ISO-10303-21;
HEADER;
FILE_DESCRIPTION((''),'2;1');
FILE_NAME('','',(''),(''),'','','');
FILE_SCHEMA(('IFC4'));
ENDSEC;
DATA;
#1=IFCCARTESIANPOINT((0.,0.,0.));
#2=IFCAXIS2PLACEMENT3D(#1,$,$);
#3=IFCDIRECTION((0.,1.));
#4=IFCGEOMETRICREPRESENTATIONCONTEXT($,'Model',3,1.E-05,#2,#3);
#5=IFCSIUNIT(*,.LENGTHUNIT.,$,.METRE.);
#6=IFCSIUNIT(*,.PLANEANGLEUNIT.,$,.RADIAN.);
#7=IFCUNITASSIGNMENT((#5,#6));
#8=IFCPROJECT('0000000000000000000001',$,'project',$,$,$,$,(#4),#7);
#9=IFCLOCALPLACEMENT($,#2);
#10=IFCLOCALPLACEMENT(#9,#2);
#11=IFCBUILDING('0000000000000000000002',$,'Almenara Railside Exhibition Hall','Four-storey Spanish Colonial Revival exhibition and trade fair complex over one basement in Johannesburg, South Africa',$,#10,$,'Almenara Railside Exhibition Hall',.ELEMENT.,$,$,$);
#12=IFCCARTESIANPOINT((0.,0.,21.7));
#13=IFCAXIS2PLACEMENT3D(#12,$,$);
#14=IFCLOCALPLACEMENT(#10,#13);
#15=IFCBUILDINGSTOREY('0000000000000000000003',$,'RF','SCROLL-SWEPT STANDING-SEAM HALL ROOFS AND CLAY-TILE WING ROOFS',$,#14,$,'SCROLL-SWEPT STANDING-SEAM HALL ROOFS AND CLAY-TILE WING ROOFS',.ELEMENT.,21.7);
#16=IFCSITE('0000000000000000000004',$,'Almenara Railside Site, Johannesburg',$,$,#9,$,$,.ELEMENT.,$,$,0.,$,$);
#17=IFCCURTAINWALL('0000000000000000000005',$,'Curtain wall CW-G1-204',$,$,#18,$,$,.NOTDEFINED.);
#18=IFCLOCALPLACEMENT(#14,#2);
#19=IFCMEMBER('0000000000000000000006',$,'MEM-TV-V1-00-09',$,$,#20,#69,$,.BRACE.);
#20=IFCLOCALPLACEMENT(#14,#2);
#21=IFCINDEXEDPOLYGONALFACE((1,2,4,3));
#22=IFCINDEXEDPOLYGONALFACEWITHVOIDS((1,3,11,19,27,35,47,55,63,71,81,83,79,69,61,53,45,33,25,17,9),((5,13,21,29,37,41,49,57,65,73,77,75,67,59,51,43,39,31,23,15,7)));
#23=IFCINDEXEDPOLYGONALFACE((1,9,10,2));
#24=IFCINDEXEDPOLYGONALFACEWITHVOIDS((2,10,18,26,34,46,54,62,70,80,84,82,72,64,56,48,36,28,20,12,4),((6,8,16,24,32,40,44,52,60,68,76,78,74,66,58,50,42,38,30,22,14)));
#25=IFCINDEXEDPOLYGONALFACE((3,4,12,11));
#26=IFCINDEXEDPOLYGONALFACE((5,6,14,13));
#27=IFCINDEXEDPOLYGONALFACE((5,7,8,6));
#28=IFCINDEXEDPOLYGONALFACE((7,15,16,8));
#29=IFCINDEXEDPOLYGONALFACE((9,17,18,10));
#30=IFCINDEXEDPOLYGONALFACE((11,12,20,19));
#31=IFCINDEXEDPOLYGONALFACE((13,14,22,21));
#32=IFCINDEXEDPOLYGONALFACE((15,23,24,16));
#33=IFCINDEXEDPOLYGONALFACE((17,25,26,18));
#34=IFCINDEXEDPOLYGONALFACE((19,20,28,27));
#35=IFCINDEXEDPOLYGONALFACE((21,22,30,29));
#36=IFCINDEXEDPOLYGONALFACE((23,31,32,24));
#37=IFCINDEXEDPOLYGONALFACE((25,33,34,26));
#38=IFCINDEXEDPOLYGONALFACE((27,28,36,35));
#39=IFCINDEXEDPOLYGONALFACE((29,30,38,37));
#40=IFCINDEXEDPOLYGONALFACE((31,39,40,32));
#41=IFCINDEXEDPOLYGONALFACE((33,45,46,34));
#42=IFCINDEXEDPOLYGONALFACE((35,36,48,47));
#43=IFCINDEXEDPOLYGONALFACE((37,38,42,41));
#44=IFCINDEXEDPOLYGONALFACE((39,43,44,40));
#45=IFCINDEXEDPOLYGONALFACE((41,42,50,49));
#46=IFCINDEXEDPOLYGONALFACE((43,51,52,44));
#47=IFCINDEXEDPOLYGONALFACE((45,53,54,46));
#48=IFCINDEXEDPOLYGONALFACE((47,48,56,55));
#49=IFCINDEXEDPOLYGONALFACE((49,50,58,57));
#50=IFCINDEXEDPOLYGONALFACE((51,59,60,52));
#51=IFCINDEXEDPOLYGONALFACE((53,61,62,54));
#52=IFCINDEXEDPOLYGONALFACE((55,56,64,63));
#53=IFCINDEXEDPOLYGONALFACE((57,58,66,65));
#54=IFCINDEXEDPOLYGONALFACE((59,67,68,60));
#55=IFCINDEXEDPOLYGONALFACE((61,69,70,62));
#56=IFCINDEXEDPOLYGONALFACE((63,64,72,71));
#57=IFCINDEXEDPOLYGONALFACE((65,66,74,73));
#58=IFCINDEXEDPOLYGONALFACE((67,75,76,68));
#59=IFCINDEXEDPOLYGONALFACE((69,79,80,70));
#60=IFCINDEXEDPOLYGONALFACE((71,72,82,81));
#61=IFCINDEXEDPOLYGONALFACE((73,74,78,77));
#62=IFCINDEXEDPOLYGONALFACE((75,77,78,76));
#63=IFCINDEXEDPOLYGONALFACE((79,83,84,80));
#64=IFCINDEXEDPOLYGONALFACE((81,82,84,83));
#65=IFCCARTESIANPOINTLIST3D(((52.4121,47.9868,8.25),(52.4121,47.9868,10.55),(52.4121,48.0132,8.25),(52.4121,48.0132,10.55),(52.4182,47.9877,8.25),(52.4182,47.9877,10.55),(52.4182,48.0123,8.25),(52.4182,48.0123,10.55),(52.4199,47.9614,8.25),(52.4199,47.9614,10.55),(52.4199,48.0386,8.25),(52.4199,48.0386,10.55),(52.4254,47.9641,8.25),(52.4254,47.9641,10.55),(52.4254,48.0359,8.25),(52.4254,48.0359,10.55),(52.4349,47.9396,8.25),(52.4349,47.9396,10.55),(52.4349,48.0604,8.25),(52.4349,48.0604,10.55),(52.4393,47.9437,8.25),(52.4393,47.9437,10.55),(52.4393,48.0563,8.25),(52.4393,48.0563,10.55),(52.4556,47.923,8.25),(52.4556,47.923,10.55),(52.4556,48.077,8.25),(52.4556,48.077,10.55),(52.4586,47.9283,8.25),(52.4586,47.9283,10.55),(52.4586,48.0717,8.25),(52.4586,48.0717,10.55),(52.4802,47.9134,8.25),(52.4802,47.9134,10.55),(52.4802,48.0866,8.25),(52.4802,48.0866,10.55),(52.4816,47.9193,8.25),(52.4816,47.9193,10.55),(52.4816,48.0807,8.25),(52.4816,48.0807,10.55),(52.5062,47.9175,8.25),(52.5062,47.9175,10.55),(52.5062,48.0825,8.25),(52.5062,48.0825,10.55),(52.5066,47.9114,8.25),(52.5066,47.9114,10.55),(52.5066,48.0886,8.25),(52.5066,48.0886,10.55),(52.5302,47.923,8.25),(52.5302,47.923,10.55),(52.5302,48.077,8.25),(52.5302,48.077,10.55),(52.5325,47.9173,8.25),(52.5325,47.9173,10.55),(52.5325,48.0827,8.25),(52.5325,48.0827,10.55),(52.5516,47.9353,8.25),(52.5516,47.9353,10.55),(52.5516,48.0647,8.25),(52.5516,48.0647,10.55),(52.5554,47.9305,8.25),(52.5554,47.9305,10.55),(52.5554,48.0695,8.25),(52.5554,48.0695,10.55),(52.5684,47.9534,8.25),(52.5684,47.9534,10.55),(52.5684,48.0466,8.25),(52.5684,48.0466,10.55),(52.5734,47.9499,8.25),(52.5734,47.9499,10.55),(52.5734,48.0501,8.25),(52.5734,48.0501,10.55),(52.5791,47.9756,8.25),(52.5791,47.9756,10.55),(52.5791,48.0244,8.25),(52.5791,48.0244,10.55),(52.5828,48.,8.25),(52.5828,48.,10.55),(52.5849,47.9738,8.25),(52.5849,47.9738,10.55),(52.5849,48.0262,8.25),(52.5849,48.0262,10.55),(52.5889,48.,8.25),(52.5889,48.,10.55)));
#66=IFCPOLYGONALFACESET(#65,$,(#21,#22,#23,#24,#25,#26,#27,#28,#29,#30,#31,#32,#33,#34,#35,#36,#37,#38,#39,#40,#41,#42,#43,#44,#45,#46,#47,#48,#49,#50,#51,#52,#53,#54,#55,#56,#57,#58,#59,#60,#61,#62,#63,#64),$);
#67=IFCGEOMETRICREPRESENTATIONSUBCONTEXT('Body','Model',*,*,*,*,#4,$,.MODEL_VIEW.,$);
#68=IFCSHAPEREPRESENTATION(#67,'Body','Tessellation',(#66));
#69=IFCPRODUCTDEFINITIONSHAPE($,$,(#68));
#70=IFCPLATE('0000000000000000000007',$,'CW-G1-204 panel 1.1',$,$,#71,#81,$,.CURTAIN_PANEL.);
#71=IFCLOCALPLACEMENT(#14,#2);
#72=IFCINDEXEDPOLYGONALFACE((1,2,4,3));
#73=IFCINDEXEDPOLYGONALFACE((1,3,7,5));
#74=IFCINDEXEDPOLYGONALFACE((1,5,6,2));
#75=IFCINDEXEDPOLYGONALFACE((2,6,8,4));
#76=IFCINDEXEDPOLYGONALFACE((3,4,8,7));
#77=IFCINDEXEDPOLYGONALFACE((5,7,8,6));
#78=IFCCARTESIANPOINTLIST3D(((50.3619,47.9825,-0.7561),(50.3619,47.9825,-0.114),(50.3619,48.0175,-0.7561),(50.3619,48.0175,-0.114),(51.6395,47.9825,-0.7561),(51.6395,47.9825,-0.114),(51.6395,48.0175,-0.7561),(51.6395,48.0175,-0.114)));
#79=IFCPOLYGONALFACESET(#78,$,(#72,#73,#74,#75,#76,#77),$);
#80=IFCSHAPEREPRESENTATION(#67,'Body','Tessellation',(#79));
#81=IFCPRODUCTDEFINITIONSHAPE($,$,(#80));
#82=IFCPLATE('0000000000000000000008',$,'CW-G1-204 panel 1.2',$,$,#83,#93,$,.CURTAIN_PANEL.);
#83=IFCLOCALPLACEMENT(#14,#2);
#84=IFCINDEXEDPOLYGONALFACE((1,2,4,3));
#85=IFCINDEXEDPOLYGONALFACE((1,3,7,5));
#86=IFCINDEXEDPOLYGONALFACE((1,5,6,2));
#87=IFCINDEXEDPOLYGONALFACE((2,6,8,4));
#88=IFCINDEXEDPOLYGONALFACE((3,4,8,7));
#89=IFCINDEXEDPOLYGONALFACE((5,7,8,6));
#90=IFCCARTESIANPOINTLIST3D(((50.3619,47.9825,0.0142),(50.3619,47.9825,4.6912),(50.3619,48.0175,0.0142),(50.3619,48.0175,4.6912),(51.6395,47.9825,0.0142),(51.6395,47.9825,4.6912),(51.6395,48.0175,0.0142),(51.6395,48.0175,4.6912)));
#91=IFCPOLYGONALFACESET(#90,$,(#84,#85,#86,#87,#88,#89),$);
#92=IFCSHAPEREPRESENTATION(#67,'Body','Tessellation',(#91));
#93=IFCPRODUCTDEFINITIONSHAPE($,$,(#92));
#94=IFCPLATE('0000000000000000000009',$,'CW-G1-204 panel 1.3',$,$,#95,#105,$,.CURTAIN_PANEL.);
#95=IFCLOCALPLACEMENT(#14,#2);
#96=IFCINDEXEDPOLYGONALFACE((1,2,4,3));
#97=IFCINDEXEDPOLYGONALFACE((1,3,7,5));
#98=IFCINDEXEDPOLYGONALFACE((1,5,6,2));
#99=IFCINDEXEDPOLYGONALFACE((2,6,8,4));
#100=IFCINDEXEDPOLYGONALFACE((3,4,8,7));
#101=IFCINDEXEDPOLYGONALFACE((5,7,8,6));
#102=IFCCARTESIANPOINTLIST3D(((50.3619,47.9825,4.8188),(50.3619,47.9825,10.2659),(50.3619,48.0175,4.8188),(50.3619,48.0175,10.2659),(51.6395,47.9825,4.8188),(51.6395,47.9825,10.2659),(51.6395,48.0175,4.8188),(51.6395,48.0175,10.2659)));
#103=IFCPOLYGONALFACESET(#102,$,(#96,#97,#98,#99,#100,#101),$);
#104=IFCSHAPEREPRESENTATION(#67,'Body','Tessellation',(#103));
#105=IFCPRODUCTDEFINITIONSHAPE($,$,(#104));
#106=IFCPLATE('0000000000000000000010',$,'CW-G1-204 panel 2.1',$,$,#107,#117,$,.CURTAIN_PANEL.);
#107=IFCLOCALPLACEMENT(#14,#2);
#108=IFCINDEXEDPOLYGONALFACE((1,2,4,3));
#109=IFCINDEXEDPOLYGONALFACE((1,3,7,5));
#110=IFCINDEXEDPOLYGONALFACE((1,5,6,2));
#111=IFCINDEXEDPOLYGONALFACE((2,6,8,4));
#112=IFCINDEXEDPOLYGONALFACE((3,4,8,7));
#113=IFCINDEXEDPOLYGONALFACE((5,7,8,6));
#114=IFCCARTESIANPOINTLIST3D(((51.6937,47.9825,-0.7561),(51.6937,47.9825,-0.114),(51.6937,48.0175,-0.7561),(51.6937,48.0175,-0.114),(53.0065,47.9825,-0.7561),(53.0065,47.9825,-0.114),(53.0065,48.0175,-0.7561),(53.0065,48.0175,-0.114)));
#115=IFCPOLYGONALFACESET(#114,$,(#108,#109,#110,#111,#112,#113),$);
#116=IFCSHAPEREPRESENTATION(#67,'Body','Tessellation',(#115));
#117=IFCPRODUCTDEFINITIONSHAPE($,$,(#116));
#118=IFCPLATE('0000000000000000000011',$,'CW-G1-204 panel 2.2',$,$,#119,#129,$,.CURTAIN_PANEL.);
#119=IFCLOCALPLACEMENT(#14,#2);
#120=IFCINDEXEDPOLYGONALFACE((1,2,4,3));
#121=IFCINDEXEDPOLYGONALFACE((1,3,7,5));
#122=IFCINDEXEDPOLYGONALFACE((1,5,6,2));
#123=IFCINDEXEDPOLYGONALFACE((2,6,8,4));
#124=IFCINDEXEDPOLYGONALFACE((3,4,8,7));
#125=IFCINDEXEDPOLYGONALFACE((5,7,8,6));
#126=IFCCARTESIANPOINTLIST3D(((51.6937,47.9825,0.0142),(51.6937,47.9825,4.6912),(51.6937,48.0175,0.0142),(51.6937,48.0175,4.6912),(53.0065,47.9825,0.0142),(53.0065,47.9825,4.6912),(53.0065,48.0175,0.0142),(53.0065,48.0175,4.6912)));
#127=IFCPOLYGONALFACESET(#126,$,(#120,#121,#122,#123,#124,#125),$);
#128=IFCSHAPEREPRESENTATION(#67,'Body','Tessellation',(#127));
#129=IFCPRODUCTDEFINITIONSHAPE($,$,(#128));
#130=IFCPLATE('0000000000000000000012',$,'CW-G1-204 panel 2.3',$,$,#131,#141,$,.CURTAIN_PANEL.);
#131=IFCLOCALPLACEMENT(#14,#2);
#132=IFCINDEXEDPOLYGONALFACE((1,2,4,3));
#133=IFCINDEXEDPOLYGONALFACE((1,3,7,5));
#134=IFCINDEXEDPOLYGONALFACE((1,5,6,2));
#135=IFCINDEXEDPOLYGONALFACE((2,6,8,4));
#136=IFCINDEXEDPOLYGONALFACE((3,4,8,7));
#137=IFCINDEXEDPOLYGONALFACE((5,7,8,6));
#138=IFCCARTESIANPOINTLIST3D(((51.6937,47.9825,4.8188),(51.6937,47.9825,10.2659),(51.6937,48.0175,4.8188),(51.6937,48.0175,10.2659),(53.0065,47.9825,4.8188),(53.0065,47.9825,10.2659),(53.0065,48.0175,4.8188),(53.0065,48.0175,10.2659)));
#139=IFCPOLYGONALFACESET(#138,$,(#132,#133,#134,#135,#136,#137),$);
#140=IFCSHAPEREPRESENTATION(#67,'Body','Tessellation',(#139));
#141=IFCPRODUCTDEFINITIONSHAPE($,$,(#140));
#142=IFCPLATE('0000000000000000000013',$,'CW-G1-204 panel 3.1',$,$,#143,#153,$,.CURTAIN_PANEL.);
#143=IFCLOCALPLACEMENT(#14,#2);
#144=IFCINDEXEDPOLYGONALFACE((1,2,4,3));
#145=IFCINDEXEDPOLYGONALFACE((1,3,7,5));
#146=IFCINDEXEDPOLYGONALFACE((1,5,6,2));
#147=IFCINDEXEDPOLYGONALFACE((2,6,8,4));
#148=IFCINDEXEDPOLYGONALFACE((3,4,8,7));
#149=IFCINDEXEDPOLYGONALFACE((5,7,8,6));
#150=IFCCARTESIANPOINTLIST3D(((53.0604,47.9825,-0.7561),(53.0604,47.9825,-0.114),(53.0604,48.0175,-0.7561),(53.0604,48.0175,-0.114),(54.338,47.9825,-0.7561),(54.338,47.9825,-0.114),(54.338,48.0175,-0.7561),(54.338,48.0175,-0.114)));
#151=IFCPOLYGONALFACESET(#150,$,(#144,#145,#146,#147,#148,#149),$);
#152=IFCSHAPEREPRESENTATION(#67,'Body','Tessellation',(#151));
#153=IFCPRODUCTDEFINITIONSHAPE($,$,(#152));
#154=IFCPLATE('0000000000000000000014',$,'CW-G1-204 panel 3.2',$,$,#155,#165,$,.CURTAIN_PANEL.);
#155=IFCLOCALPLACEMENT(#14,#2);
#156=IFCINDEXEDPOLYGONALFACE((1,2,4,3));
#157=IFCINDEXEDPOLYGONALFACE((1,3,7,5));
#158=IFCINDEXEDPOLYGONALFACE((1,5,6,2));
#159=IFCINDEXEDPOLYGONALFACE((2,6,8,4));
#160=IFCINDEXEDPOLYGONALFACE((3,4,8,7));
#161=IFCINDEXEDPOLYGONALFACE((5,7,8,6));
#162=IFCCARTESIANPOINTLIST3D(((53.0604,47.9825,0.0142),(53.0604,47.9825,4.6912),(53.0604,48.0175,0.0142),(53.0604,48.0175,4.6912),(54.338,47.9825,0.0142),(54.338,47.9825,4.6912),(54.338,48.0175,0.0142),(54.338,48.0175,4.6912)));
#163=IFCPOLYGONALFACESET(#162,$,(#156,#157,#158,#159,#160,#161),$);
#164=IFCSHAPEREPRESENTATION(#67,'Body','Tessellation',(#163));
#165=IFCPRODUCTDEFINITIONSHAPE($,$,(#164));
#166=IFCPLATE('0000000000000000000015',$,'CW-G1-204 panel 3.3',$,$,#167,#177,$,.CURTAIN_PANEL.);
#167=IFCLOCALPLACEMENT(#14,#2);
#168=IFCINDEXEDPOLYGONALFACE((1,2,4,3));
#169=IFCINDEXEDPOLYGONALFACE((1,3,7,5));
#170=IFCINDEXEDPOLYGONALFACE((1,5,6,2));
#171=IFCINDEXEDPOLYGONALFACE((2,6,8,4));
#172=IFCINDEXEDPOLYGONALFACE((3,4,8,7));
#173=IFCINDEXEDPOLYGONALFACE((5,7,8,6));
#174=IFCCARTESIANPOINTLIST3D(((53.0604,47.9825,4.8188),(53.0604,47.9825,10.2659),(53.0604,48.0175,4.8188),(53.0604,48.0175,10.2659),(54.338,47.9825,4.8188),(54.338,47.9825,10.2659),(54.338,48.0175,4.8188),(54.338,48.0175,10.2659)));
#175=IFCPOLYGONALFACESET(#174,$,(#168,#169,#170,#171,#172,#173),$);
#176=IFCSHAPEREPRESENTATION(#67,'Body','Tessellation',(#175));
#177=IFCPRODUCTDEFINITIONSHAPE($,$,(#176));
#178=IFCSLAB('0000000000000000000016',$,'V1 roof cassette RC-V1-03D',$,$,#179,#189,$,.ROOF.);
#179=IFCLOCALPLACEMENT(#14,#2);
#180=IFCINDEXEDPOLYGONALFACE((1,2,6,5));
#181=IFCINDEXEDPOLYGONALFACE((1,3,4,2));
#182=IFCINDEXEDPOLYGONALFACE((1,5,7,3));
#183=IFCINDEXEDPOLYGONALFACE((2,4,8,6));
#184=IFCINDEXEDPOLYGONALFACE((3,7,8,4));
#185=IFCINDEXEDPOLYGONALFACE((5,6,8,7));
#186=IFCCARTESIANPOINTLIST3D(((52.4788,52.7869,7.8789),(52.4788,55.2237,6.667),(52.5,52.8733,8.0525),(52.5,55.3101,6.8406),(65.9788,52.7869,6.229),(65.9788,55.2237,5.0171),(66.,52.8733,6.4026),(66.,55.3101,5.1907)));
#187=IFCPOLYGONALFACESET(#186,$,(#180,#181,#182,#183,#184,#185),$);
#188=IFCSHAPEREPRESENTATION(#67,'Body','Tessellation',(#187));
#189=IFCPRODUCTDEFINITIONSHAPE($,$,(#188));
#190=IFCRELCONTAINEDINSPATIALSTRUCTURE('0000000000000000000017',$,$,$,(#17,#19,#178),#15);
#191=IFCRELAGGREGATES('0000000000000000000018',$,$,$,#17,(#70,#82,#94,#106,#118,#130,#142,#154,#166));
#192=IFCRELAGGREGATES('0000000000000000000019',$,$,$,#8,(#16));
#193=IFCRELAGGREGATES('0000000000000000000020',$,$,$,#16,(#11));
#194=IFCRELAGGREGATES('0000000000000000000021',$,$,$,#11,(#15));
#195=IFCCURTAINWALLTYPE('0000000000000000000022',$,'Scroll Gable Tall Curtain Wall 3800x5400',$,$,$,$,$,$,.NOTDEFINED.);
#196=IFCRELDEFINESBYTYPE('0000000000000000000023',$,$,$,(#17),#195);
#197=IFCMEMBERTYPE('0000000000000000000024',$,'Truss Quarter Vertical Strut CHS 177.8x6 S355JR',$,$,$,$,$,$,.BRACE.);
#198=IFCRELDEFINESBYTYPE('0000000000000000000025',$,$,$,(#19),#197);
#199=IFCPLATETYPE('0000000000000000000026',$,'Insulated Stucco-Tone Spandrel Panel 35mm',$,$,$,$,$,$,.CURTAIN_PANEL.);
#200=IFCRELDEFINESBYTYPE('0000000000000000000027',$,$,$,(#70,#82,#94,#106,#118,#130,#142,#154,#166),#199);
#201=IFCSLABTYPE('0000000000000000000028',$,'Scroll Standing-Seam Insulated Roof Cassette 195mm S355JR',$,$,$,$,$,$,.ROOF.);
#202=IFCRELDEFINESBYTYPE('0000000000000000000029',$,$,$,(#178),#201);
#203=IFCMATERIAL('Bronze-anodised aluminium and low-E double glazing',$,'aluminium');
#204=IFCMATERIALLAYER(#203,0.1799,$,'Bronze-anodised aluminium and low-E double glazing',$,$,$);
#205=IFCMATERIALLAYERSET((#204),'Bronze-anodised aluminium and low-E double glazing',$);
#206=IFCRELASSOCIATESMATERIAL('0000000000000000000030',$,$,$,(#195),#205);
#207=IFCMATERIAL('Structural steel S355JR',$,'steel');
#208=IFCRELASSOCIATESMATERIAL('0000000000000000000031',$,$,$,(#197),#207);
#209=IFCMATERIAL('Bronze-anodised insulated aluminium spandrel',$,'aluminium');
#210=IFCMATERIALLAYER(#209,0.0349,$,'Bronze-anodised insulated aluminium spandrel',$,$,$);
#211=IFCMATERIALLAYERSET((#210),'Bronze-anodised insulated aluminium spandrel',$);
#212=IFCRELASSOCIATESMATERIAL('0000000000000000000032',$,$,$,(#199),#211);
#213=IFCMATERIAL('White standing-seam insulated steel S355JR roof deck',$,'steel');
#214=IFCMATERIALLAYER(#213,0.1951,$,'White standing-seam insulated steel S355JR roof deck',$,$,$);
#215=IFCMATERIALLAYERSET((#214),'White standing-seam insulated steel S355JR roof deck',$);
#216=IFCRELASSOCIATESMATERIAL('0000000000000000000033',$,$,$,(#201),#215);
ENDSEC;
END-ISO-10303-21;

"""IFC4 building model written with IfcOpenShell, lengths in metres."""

from ifc_helpers import new_model, si_unit, direction, frame, origin, origin_2d, place, context, subcontext, project, spatial, polyline, rectangle, hollow_circle, outline, extrude, material, layer, layer_set, material_profile, profile_set, type_object, element, aggregate, save


model = new_model("IFC4")

# Units and contexts
model_context = context("Model", 3, precision=1e-05, world=origin(), true_north=direction((0.0, 1.0)))
body_context = subcontext(model_context, "Body", "Model", "MODEL_VIEW")
ifc_project = project(units=[si_unit("LENGTHUNIT", "METRE"), si_unit("PLANEANGLEUNIT", "RADIAN")], contexts=[model_context])

# Site, building, storey
site_placement = place(None, origin())
site = spatial("IfcSite", under=ifc_project, at=site_placement, Name="Almenara Railside Site, Johannesburg", CompositionType="ELEMENT", RefElevation=0.0)
building_placement = place(site_placement, origin())
building = spatial("IfcBuilding", under=site, at=building_placement, Name="Almenara Railside Exhibition Hall", Description="Four-storey Spanish Colonial Revival exhibition and trade fair complex over one basement in Johannesburg, South Africa", LongName="Almenara Railside Exhibition Hall", CompositionType="ELEMENT")
storey_placement = place(building_placement, frame((0.0, 0.0, 21.7)))
storey = spatial("IfcBuildingStorey", under=building, at=storey_placement, Name="RF", Description="SCROLL-SWEPT STANDING-SEAM HALL ROOFS AND CLAY-TILE WING ROOFS", LongName="SCROLL-SWEPT STANDING-SEAM HALL ROOFS AND CLAY-TILE WING ROOFS", CompositionType="ELEMENT", Elevation=21.7)

# Shared definitions
ifc_material_1 = material(Name="Structural steel S355JR", Category="steel")

# Shared definitions
ifc_material_2 = material(Name="Bronze-anodised aluminium and low-E double glazing", Category="aluminium")
ifc_layer_1 = layer(ifc_material_2, 0.1799, Name="Bronze-anodised aluminium and low-E double glazing")
ifc_layer_set_1 = layer_set([ifc_layer_1], Name="Bronze-anodised aluminium and low-E double glazing")
curtain_wall_type = type_object("IfcCurtainWallType", Name="Scroll Gable Tall Curtain Wall 3800x5400", PredefinedType="NOTDEFINED", material=ifc_layer_set_1)

# Curtain wall
curtain_wall_1_placement = place(storey_placement, origin())
curtain_wall_1 = element("IfcCurtainWall", 1, at=curtain_wall_1_placement, inside=storey, type_object=curtain_wall_type, Name="Curtain wall CW-G1-204", PredefinedType="NOTDEFINED")

# Member
ifc_material_profile_1 = material_profile(ifc_material_1, hollow_circle(Radius=0.0889, WallThickness=0.0061, at=origin_2d()), Name="CHS 177.8x6")
ifc_profile_set_1 = profile_set([ifc_material_profile_1], Name="Structural steel S355JR")
member_type_1 = type_object("IfcMemberType", Name="Truss Quarter Vertical Strut CHS 177.8x6 S355JR", PredefinedType="BRACE", material=ifc_profile_set_1)
member_1_placement = place(storey_placement, frame((52.5, 48.0, 8.25), z_axis=(0.0, 0.0, 1.0), x_axis=(1.0, 0.0, 0.0)))
element("IfcMember", 2, at=member_1_placement, inside=storey, type_object=member_type_1, Name="MEM-TV-V1-00-09", PredefinedType="BRACE", context=body_context, shape_type="SweptSolid", body=[
    extrude(hollow_circle(Radius=0.0889, WallThickness=0.0061, at=origin_2d()), origin(), (0.0, 0.0, 1.0), 2.3),
])

# Plates
ifc_material_3 = material(Name="Bronze-anodised insulated aluminium spandrel", Category="aluminium")
ifc_layer_2 = layer(ifc_material_3, 0.0349, Name="Bronze-anodised insulated aluminium spandrel")
ifc_layer_set_2 = layer_set([ifc_layer_2], Name="Bronze-anodised insulated aluminium spandrel")
plate_type_1 = type_object("IfcPlateType", Name="Insulated Stucco-Tone Spandrel Panel 35mm", PredefinedType="CURTAIN_PANEL", material=ifc_layer_set_2)
plate_1_placement = place(storey_placement, frame((51.0007, 48.0, -0.7561), z_axis=(0.0, 0.0, 1.0), x_axis=(1.0, 0.0, 0.0)))
plate_1 = element("IfcPlate", 3, at=plate_1_placement, type_object=plate_type_1, Name="CW-G1-204 panel 1.1", PredefinedType="CURTAIN_PANEL", context=body_context, shape_type="SweptSolid", body=[
    extrude(rectangle(XDim=1.2776, YDim=0.0349, at=origin_2d()), origin(), (0.0, 0.0, 1.0), 0.6421),
])
plate_2_placement = place(storey_placement, frame((51.0007, 48.0, 0.0142), z_axis=(0.0, 0.0, 1.0), x_axis=(1.0, 0.0, 0.0)))
plate_2 = element("IfcPlate", 4, at=plate_2_placement, type_object=plate_type_1, Name="CW-G1-204 panel 1.2", PredefinedType="CURTAIN_PANEL", context=body_context, shape_type="SweptSolid", body=[
    extrude(rectangle(XDim=1.2776, YDim=0.0349, at=origin_2d()), origin(), (0.0, 0.0, 1.0), 4.677),
])
plate_3_placement = place(storey_placement, frame((51.0007, 48.0, 4.8188), z_axis=(0.0, 0.0, 1.0), x_axis=(1.0, 0.0, 0.0)))
plate_3 = element("IfcPlate", 5, at=plate_3_placement, type_object=plate_type_1, Name="CW-G1-204 panel 1.3", PredefinedType="CURTAIN_PANEL", context=body_context, shape_type="SweptSolid", body=[
    extrude(rectangle(XDim=1.2776, YDim=0.0349, at=origin_2d()), origin(), (0.0, 0.0, 1.0), 5.447),
])
plate_4_placement = place(storey_placement, frame((52.3501, 48.0, -0.7561), z_axis=(0.0, 0.0, 1.0), x_axis=(1.0, 0.0, 0.0)))
plate_4 = element("IfcPlate", 6, at=plate_4_placement, type_object=plate_type_1, Name="CW-G1-204 panel 2.1", PredefinedType="CURTAIN_PANEL", context=body_context, shape_type="SweptSolid", body=[
    extrude(rectangle(XDim=1.3127, YDim=0.0349, at=origin_2d()), origin(), (0.0, 0.0, 1.0), 0.6421),
])
plate_5_placement = place(storey_placement, frame((52.3501, 48.0, 0.0142), z_axis=(0.0, 0.0, 1.0), x_axis=(1.0, 0.0, 0.0)))
plate_5 = element("IfcPlate", 7, at=plate_5_placement, type_object=plate_type_1, Name="CW-G1-204 panel 2.2", PredefinedType="CURTAIN_PANEL", context=body_context, shape_type="SweptSolid", body=[
    extrude(rectangle(XDim=1.3127, YDim=0.0349, at=origin_2d()), origin(), (0.0, 0.0, 1.0), 4.677),
])
plate_6_placement = place(storey_placement, frame((52.3501, 48.0, 4.8188), z_axis=(0.0, 0.0, 1.0), x_axis=(1.0, 0.0, 0.0)))
plate_6 = element("IfcPlate", 8, at=plate_6_placement, type_object=plate_type_1, Name="CW-G1-204 panel 2.3", PredefinedType="CURTAIN_PANEL", context=body_context, shape_type="SweptSolid", body=[
    extrude(rectangle(XDim=1.3127, YDim=0.0349, at=origin_2d()), origin(), (0.0, 0.0, 1.0), 5.447),
])
plate_7_placement = place(storey_placement, frame((53.6992, 48.0, -0.7561), z_axis=(0.0, 0.0, 1.0), x_axis=(1.0, 0.0, 0.0)))
plate_7 = element("IfcPlate", 9, at=plate_7_placement, type_object=plate_type_1, Name="CW-G1-204 panel 3.1", PredefinedType="CURTAIN_PANEL", context=body_context, shape_type="SweptSolid", body=[
    extrude(rectangle(XDim=1.2776, YDim=0.0349, at=origin_2d()), origin(), (0.0, 0.0, 1.0), 0.6421),
])
plate_8_placement = place(storey_placement, frame((53.6992, 48.0, 0.0142), z_axis=(0.0, 0.0, 1.0), x_axis=(1.0, 0.0, 0.0)))
plate_8 = element("IfcPlate", 10, at=plate_8_placement, type_object=plate_type_1, Name="CW-G1-204 panel 3.2", PredefinedType="CURTAIN_PANEL", context=body_context, shape_type="SweptSolid", body=[
    extrude(rectangle(XDim=1.2776, YDim=0.0349, at=origin_2d()), origin(), (0.0, 0.0, 1.0), 4.677),
])
plate_9_placement = place(storey_placement, frame((53.6992, 48.0, 4.8188), z_axis=(0.0, 0.0, 1.0), x_axis=(1.0, 0.0, 0.0)))
plate_9 = element("IfcPlate", 11, at=plate_9_placement, type_object=plate_type_1, Name="CW-G1-204 panel 3.3", PredefinedType="CURTAIN_PANEL", context=body_context, shape_type="SweptSolid", body=[
    extrude(rectangle(XDim=1.2776, YDim=0.0349, at=origin_2d()), origin(), (0.0, 0.0, 1.0), 5.447),
])
aggregate(curtain_wall_1, [plate_1, plate_2, plate_3, plate_4, plate_5, plate_6, plate_7, plate_8, plate_9])

# Slab
ifc_material_4 = material(Name="White standing-seam insulated steel S355JR roof deck", Category="steel")
ifc_layer_3 = layer(ifc_material_4, 0.1951, Name="White standing-seam insulated steel S355JR roof deck")
ifc_layer_set_3 = layer_set([ifc_layer_3], Name="White standing-seam insulated steel S355JR roof deck")
slab_type_1 = type_object("IfcSlabType", Name="Scroll Standing-Seam Insulated Roof Cassette 195mm S355JR", PredefinedType="ROOF", material=ifc_layer_set_3)
slab_1_placement = place(storey_placement, frame((52.5, 52.8733, 8.0525), z_axis=(0.108779, 0.442668, 0.890063), x_axis=(0.992614, 0.0, -0.121312)))
element("IfcSlab", 12, at=slab_1_placement, inside=storey, type_object=slab_type_1, Name="V1 roof cassette RC-V1-03D", PredefinedType="ROOF", context=body_context, shape_type="SweptSolid", body=[
    extrude(outline(polyline([(0.0, 0.0), (13.6004, 0.0), (13.7475, 2.7175), (0.147, 2.7175), (0.0, 0.0)])), origin(), (0.0, 0.0, -1.0), 0.1951),
])

save(model, "model.ifc")
